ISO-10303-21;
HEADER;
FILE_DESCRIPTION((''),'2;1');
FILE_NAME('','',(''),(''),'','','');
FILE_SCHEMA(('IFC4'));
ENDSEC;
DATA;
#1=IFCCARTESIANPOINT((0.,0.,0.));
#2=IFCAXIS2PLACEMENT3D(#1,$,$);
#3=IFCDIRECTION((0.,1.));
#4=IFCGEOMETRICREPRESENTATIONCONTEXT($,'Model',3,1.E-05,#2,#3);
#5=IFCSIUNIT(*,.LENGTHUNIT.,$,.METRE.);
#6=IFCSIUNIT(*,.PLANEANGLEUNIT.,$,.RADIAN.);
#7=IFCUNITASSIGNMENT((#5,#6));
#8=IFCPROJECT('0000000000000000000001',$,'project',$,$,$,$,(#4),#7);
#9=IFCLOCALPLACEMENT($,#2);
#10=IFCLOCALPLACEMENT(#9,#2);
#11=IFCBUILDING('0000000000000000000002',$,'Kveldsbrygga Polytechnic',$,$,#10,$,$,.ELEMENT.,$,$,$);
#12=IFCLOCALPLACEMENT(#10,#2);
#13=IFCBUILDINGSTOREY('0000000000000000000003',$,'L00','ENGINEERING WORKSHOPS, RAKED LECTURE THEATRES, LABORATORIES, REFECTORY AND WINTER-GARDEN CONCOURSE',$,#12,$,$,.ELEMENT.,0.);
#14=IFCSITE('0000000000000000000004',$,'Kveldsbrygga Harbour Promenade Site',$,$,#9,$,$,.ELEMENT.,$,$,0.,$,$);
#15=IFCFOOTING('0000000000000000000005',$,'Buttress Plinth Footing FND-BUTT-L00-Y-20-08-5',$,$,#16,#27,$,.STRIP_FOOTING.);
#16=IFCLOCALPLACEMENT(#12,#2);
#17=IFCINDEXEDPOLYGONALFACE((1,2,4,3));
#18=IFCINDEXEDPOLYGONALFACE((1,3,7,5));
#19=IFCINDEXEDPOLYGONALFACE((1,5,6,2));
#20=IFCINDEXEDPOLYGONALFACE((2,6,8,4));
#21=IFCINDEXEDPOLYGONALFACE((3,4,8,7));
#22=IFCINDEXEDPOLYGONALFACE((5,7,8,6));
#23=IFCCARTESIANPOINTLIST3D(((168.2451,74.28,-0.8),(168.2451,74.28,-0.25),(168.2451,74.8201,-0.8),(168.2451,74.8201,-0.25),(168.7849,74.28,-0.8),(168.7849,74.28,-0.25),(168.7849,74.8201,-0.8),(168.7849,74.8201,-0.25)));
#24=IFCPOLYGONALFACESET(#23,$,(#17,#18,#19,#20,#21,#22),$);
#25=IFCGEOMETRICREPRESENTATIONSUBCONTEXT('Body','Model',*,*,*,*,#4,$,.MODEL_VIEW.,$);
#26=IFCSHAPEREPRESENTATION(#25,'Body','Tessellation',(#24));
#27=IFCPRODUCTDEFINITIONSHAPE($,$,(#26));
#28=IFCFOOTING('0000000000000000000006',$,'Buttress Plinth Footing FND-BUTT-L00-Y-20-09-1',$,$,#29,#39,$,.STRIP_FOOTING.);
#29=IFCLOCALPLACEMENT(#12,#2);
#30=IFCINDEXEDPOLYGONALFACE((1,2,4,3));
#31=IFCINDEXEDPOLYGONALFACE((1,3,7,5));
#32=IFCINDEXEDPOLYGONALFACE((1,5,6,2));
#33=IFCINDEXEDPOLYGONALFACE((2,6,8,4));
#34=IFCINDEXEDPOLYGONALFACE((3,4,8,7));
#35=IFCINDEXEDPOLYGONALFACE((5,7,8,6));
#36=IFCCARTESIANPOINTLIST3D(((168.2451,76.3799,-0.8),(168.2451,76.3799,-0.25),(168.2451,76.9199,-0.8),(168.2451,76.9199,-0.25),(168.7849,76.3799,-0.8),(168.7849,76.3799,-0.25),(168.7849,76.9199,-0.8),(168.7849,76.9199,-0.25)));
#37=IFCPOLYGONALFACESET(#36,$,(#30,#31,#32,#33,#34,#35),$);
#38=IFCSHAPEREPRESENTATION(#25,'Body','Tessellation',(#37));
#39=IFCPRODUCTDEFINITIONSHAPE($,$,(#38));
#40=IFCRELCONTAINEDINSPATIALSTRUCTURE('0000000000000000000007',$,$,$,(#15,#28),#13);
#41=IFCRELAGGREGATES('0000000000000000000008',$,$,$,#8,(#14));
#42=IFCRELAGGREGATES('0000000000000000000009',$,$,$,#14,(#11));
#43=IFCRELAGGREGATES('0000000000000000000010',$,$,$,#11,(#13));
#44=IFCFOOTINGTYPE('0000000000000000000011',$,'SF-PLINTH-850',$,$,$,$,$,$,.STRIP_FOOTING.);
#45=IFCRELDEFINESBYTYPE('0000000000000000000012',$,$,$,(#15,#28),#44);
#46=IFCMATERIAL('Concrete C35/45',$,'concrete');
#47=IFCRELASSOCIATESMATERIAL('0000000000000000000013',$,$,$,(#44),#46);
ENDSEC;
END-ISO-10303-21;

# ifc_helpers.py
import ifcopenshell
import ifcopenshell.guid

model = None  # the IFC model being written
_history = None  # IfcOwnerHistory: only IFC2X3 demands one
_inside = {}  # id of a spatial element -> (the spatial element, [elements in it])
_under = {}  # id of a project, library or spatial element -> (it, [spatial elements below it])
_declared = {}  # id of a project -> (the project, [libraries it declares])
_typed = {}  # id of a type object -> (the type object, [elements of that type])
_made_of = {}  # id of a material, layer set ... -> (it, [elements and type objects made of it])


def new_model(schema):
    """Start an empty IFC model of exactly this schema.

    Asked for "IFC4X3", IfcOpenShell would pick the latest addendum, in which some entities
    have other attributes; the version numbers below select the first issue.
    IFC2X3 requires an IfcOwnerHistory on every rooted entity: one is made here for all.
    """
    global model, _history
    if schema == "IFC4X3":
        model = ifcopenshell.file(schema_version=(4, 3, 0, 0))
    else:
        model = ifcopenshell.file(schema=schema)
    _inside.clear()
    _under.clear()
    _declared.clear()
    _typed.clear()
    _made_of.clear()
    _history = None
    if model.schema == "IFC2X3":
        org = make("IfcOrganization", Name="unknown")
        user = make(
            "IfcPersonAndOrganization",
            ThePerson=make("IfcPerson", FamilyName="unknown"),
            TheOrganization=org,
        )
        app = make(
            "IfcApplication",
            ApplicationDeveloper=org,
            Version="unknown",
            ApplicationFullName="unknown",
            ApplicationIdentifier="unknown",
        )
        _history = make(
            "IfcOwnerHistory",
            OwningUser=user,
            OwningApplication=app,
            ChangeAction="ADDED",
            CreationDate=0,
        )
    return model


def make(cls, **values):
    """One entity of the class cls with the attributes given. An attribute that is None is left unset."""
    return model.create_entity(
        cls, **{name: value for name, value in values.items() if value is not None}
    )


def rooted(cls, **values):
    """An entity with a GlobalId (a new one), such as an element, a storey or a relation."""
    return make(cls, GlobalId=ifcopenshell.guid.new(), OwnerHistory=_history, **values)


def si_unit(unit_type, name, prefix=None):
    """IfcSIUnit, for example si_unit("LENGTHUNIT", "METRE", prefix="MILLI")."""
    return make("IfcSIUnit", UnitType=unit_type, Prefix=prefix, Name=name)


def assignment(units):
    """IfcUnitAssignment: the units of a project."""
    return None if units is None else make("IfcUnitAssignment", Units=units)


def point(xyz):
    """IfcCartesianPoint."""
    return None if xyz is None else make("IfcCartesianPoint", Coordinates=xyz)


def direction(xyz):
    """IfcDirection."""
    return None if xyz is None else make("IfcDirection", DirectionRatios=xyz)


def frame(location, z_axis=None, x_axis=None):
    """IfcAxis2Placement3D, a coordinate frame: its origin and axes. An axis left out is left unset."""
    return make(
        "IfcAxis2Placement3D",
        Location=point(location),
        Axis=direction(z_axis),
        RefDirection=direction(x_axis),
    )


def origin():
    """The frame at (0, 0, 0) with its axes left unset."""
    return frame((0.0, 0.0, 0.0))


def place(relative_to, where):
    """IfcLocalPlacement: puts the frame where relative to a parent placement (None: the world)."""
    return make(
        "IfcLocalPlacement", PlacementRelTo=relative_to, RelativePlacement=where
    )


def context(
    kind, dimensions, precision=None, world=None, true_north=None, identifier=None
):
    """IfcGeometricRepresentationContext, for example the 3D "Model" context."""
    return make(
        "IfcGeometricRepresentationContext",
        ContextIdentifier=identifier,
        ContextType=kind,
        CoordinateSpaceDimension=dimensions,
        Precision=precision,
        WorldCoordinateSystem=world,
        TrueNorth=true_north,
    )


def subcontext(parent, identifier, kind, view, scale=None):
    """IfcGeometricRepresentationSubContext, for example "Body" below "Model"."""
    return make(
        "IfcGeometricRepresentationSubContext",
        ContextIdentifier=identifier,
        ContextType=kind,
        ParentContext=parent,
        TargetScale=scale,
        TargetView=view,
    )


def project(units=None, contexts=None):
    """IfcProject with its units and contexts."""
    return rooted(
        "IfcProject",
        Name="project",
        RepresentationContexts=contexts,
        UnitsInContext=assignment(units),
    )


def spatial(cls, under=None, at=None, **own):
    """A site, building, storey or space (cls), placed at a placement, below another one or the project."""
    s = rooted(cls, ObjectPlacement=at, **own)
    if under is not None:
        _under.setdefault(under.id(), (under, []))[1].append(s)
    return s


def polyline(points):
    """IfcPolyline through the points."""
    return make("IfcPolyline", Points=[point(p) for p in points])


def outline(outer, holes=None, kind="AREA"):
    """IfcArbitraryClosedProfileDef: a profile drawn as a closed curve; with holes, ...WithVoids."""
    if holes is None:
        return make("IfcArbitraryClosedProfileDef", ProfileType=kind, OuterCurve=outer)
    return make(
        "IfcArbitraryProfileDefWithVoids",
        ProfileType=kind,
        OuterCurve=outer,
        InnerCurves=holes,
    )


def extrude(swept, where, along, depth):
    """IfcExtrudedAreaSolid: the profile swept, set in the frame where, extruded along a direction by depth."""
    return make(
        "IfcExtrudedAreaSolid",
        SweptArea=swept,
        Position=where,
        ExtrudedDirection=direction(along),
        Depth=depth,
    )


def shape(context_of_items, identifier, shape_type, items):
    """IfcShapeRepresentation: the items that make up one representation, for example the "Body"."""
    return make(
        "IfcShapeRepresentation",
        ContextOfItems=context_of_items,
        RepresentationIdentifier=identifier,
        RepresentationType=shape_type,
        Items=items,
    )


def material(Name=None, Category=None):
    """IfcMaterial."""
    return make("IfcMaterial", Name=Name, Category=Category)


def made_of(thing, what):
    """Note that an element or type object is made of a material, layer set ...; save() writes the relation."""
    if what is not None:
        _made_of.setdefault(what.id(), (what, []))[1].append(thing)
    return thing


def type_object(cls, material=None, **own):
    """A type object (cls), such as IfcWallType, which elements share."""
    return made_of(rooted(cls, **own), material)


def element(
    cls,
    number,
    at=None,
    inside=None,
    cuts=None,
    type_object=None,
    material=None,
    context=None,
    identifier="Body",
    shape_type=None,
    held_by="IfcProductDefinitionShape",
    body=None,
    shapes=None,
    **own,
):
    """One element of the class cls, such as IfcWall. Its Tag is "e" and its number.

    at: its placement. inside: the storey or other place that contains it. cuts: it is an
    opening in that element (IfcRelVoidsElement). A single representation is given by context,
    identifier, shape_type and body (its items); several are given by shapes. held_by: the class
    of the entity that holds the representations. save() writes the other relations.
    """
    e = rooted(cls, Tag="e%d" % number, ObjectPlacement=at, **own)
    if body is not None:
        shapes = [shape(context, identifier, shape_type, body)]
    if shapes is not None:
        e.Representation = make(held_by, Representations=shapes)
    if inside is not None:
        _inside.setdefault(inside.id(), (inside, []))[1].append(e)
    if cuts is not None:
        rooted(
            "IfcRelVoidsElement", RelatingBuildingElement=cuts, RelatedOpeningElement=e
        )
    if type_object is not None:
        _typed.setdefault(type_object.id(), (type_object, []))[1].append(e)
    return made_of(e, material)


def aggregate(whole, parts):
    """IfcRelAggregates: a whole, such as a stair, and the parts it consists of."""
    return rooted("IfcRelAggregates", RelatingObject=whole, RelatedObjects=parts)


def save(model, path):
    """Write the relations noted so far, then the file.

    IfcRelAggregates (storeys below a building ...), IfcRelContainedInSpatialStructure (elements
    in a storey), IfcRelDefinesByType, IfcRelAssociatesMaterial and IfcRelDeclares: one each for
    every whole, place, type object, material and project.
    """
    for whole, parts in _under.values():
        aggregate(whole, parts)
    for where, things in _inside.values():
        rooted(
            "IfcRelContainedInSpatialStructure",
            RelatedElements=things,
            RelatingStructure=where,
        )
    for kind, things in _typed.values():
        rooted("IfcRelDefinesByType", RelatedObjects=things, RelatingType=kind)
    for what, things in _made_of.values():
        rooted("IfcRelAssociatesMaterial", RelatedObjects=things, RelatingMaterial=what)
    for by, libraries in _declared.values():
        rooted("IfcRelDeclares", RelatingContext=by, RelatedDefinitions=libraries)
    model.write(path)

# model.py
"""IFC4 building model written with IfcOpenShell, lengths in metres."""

from ifc_helpers import new_model, si_unit, direction, frame, origin, place, context, subcontext, project, spatial, polyline, outline, extrude, material, type_object, element, save


model = new_model("IFC4")

# Units and contexts
model_context = context("Model", 3, precision=1e-05, world=origin(), true_north=direction((0.0, 1.0)))
body_context = subcontext(model_context, "Body", "Model", "MODEL_VIEW")
ifc_project = project(units=[si_unit("LENGTHUNIT", "METRE"), si_unit("PLANEANGLEUNIT", "RADIAN")], contexts=[model_context])

# Site, building, storey
site_placement = place(None, origin())
site = spatial("IfcSite", under=ifc_project, at=site_placement, Name="Kveldsbrygga Harbour Promenade Site", CompositionType="ELEMENT", RefElevation=0.0)
building_placement = place(site_placement, origin())
building = spatial("IfcBuilding", under=site, at=building_placement, Name="Kveldsbrygga Polytechnic", CompositionType="ELEMENT")
storey_placement = place(building_placement, origin())
storey = spatial("IfcBuildingStorey", under=building, at=storey_placement, Name="L00", Description="ENGINEERING WORKSHOPS, RAKED LECTURE THEATRES, LABORATORIES, REFECTORY AND WINTER-GARDEN CONCOURSE", CompositionType="ELEMENT", Elevation=0.0)

# Footings
ifc_material = material(Name="Concrete C35/45", Category="concrete")
footing_type = type_object("IfcFootingType", Name="SF-PLINTH-850", PredefinedType="STRIP_FOOTING", material=ifc_material)
footing_1_placement = place(storey_placement, frame((0.0, 0.0, -0.8)))
element("IfcFooting", 1, at=footing_1_placement, inside=storey, type_object=footing_type, Name="Buttress Plinth Footing FND-BUTT-L00-Y-20-08-5", PredefinedType="STRIP_FOOTING", context=body_context, shape_type="SweptSolid", body=[
    extrude(outline(polyline([(168.2451, 74.28), (168.7849, 74.28), (168.7849, 74.8201), (168.2451, 74.8201), (168.2451, 74.28)])), origin(), (0.0, 0.0, 1.0), 0.55),
])
footing_2_placement = place(storey_placement, frame((0.0, 0.0, -0.8)))
element("IfcFooting", 2, at=footing_2_placement, inside=storey, type_object=footing_type, Name="Buttress Plinth Footing FND-BUTT-L00-Y-20-09-1", PredefinedType="STRIP_FOOTING", context=body_context, shape_type="SweptSolid", body=[
    extrude(outline(polyline([(168.2451, 76.3799), (168.7849, 76.3799), (168.7849, 76.9199), (168.2451, 76.9199), (168.2451, 76.3799)])), origin(), (0.0, 0.0, 1.0), 0.55),
])

save(model, "model.ifc")
